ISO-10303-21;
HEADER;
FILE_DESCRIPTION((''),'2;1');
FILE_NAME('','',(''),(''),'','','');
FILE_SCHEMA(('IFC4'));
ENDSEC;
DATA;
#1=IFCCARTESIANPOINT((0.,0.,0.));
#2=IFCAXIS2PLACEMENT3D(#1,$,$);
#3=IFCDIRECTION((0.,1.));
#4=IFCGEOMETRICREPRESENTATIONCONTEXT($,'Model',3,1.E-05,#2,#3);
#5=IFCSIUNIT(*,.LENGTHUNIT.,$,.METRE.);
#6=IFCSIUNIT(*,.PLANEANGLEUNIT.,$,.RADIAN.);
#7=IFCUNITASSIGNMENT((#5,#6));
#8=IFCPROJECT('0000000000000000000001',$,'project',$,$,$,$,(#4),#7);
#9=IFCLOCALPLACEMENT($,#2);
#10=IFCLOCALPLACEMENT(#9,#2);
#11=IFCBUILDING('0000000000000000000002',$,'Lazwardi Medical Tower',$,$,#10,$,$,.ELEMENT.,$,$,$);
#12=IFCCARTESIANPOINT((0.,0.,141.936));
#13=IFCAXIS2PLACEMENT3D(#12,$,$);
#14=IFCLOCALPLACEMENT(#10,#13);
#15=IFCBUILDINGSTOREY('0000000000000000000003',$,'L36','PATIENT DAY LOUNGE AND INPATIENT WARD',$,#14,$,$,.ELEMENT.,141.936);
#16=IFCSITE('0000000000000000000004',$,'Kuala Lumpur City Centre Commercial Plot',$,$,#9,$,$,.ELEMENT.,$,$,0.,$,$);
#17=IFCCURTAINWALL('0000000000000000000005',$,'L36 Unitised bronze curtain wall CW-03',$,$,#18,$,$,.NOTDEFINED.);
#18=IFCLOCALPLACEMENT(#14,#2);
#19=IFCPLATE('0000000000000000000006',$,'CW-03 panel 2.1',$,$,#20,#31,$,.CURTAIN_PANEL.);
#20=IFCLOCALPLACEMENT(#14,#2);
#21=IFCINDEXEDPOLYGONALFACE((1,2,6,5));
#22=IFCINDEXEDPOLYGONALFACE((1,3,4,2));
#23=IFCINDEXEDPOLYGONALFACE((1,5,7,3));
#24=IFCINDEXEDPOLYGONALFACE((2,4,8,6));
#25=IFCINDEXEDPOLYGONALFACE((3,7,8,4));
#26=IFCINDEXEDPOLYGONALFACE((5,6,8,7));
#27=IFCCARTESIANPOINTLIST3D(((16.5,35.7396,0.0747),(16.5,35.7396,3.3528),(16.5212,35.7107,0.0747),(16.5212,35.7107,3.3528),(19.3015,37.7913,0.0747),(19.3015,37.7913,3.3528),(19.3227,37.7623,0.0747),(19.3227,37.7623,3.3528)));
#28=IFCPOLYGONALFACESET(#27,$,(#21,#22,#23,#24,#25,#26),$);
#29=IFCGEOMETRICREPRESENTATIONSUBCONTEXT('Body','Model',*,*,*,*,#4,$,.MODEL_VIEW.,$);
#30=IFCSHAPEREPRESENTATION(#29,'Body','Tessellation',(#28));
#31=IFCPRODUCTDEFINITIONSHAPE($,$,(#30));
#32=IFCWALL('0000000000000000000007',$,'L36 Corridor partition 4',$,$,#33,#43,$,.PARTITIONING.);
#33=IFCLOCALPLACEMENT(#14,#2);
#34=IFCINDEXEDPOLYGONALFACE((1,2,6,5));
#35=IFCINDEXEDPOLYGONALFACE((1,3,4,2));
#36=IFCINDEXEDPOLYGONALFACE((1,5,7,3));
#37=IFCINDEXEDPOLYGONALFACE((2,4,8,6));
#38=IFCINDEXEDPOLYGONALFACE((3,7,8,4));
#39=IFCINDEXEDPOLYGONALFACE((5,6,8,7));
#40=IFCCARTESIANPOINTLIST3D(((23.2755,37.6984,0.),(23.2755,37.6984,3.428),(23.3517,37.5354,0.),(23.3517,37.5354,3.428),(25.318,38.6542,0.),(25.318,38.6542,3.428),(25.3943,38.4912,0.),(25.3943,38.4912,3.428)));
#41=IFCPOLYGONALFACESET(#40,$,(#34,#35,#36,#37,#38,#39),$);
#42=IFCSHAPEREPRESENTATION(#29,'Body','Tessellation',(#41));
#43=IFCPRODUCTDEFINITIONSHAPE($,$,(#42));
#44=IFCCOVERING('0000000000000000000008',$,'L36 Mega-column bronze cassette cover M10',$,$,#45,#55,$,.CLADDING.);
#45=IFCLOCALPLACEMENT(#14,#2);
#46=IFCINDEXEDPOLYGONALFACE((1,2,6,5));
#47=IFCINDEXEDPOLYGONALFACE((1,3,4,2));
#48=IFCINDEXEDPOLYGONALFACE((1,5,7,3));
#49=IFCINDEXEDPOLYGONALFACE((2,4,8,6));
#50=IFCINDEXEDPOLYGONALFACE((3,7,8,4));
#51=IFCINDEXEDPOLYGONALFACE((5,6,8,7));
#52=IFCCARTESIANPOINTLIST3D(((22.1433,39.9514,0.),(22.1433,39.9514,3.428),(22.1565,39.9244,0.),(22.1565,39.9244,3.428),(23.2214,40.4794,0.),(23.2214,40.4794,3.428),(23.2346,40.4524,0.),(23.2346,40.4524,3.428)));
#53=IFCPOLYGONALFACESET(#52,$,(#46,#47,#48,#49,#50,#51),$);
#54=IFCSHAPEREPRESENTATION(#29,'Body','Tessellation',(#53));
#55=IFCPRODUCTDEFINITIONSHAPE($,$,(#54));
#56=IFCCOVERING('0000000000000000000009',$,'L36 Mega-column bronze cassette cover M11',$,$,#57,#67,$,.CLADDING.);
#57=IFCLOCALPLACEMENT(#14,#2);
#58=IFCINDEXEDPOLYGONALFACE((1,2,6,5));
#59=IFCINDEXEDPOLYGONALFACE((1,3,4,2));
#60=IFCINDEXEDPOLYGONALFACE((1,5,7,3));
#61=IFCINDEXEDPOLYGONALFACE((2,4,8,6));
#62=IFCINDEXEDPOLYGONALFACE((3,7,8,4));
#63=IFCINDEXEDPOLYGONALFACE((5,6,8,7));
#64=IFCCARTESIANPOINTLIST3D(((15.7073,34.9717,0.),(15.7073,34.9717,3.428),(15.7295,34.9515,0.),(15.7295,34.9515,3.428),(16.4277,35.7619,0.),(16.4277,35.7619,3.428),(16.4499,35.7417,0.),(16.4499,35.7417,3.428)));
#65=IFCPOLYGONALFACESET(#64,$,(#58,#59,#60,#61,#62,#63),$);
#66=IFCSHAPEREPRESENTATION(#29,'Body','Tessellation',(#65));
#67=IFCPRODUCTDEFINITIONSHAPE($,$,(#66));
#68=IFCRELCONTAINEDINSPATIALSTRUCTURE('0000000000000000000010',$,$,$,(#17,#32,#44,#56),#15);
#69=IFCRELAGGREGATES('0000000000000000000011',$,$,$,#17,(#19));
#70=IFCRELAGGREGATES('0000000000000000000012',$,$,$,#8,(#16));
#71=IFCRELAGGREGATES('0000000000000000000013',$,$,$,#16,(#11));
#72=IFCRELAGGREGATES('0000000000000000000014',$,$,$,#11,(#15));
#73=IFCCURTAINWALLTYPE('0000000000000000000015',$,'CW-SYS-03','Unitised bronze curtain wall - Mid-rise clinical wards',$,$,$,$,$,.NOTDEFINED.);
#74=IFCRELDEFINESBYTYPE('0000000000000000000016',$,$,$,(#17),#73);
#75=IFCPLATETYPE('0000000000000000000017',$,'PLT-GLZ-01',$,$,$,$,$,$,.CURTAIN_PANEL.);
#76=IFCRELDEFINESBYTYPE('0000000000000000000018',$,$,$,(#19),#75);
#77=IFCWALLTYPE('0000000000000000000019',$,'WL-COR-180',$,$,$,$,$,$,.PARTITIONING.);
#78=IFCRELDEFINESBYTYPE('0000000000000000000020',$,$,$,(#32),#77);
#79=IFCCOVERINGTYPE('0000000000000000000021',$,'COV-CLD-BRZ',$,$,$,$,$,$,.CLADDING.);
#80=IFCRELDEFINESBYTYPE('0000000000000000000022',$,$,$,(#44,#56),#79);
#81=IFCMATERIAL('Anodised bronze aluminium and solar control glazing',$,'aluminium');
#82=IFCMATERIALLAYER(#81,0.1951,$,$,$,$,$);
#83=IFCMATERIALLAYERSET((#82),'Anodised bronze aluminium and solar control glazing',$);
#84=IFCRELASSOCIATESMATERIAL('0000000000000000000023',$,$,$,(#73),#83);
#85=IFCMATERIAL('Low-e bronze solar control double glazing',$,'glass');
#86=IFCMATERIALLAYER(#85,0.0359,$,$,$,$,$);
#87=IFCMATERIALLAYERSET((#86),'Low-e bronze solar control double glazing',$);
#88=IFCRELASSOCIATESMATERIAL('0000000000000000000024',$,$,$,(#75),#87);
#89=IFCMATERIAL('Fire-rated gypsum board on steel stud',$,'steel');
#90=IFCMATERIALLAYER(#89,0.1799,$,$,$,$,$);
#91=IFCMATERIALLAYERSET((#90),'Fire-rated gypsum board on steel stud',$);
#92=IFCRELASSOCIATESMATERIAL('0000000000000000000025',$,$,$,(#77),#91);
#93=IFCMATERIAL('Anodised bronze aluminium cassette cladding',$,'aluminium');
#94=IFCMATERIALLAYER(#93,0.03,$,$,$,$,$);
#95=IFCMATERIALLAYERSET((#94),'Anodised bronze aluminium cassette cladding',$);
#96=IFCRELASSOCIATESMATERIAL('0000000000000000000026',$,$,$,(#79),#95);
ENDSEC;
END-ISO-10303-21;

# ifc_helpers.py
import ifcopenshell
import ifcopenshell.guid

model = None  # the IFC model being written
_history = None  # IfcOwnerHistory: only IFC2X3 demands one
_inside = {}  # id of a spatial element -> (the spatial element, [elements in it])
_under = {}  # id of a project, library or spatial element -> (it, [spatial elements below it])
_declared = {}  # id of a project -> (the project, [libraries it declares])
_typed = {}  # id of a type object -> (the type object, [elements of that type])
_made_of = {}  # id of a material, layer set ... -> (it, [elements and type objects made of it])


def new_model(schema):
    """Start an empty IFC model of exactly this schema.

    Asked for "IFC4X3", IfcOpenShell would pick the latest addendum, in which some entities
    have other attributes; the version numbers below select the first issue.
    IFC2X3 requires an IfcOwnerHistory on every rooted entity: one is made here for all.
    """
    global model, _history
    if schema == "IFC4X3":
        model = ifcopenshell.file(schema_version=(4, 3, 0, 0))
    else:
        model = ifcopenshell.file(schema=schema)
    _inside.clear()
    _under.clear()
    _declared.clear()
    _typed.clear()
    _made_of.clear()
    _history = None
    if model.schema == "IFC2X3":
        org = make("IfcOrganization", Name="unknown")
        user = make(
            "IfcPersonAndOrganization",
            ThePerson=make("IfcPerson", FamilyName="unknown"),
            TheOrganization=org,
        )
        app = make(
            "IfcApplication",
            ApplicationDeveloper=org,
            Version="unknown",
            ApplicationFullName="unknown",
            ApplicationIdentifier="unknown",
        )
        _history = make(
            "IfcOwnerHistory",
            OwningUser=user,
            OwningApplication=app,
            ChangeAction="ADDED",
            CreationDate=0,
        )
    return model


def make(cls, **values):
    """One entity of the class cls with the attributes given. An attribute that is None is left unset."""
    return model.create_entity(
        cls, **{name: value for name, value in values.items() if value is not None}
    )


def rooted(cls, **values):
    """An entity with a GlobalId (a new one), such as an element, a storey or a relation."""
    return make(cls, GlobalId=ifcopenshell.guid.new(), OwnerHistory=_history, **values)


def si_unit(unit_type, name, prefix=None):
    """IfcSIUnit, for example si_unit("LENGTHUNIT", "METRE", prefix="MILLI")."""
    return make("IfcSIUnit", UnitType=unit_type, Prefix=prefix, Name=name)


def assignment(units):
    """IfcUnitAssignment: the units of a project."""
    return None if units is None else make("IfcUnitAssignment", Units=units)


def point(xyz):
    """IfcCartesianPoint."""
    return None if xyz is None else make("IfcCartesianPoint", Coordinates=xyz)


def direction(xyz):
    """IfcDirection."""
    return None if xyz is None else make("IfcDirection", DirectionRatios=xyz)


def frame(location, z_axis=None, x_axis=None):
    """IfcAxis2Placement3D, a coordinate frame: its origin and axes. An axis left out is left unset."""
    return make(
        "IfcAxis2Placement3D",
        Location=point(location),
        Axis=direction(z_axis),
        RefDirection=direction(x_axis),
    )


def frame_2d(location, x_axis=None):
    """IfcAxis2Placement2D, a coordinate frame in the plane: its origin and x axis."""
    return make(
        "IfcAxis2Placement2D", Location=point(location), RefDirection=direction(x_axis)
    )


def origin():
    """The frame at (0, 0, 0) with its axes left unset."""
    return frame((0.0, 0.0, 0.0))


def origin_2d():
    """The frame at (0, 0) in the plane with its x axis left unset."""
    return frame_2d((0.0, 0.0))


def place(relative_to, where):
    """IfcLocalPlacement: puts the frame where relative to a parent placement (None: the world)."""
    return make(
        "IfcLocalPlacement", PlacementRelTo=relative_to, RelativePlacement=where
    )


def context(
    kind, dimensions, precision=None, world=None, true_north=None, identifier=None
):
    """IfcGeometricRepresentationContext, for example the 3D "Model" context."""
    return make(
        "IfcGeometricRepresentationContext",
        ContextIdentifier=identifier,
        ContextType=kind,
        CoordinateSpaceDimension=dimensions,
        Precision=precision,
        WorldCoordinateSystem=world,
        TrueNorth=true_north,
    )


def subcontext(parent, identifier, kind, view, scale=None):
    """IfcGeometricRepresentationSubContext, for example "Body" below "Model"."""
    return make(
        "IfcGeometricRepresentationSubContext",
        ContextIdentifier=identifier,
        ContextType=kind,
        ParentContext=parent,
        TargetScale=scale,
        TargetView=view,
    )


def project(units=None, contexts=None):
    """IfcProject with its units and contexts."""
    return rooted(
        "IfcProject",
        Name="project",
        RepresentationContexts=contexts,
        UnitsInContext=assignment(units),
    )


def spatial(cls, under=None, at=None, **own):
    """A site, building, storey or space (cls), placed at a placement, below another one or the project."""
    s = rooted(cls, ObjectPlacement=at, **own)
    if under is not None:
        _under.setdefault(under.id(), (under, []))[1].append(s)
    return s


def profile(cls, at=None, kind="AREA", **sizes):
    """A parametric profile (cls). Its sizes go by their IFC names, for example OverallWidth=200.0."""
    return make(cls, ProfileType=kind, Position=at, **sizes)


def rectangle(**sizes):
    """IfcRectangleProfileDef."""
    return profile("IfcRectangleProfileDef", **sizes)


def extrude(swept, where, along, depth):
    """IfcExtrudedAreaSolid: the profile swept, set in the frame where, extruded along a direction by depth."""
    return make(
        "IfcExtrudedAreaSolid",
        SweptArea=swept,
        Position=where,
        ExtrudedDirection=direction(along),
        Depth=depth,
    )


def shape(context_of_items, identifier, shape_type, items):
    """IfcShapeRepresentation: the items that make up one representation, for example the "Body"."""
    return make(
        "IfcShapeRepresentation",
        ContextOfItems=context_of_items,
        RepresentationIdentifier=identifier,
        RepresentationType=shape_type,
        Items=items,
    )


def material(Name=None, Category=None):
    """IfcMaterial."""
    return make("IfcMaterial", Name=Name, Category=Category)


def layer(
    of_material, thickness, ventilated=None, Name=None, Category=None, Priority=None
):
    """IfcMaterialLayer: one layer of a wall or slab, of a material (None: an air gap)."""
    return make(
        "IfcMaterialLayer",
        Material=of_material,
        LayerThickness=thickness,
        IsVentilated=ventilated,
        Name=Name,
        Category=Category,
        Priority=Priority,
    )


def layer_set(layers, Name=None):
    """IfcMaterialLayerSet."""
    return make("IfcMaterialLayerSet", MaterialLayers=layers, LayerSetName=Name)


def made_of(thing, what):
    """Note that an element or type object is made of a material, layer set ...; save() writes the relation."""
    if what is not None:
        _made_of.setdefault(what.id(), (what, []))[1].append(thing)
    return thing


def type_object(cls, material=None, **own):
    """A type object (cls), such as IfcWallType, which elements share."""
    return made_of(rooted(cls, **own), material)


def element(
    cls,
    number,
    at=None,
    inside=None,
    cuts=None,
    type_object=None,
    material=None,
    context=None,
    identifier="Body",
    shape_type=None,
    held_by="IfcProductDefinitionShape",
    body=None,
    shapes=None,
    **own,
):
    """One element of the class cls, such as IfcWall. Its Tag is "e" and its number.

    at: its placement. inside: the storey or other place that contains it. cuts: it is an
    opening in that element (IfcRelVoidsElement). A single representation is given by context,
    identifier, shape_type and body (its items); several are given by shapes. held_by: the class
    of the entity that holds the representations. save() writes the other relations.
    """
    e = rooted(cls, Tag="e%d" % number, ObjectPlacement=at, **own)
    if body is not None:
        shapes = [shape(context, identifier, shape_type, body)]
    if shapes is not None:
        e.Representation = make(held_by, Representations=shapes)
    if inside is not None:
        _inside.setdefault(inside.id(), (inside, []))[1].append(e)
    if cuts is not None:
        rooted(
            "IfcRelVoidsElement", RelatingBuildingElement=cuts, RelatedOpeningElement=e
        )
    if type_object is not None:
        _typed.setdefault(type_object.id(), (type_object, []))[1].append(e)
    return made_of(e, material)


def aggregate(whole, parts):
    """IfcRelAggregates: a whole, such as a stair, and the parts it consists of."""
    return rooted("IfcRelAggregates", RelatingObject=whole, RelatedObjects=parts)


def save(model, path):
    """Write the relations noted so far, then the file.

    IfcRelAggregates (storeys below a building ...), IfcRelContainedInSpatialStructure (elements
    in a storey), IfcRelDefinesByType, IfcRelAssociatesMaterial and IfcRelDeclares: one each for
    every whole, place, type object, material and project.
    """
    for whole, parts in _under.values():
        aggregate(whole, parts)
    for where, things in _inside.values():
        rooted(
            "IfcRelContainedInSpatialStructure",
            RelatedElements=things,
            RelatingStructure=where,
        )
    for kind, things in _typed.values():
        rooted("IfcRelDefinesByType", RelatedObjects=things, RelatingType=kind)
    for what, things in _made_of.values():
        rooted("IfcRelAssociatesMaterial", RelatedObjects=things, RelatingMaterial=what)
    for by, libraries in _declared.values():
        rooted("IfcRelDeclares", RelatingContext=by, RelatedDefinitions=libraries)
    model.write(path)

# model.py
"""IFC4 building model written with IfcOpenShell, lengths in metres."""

from ifc_helpers import new_model, si_unit, direction, frame, frame_2d, origin, origin_2d, place, context, subcontext, project, spatial, rectangle, extrude, material, layer, layer_set, type_object, element, aggregate, save


model = new_model("IFC4")

# Units and contexts
model_context = context("Model", 3, precision=1e-05, world=origin(), true_north=direction((0.0, 1.0)))
body_context = subcontext(model_context, "Body", "Model", "MODEL_VIEW")
ifc_project = project(units=[si_unit("LENGTHUNIT", "METRE"), si_unit("PLANEANGLEUNIT", "RADIAN")], contexts=[model_context])

# Site, building, storey
site_placement = place(None, origin())
site = spatial("IfcSite", under=ifc_project, at=site_placement, Name="Kuala Lumpur City Centre Commercial Plot", CompositionType="ELEMENT", RefElevation=0.0)
building_placement = place(site_placement, origin())
building = spatial("IfcBuilding", under=site, at=building_placement, Name="Lazwardi Medical Tower", CompositionType="ELEMENT")
storey_placement = place(building_placement, frame((0.0, 0.0, 141.936)))
storey = spatial("IfcBuildingStorey", under=building, at=storey_placement, Name="L36", Description="PATIENT DAY LOUNGE AND INPATIENT WARD", CompositionType="ELEMENT", Elevation=141.936)

# Shared definitions
ifc_material_1 = material(Name="Anodised bronze aluminium and solar control glazing", Category="aluminium")
ifc_layer_1 = layer(ifc_material_1, 0.1951)
ifc_layer_set_1 = layer_set([ifc_layer_1], Name="Anodised bronze aluminium and solar control glazing")
curtain_wall_type = type_object("IfcCurtainWallType", Name="CW-SYS-03", Description="Unitised bronze curtain wall - Mid-rise clinical wards", PredefinedType="NOTDEFINED", material=ifc_layer_set_1)

# Curtain wall
curtain_wall_1_placement = place(storey_placement, origin())
curtain_wall_1 = element("IfcCurtainWall", 1, at=curtain_wall_1_placement, inside=storey, type_object=curtain_wall_type, Name="L36 Unitised bronze curtain wall CW-03", PredefinedType="NOTDEFINED")

# Plate
ifc_material_2 = material(Name="Low-e bronze solar control double glazing", Category="glass")
ifc_layer_2 = layer(ifc_material_2, 0.0359)
ifc_layer_set_2 = layer_set([ifc_layer_2], Name="Low-e bronze solar control double glazing")
plate_type = type_object("IfcPlateType", Name="PLT-GLZ-01", PredefinedType="CURTAIN_PANEL", material=ifc_layer_set_2)
plate_1_placement = place(storey_placement, frame((17.9114, 36.751, 0.0747), z_axis=(0.0, 0.0, 1.0), x_axis=(-0.806793, -0.590834, 0.0)))
plate_1 = element("IfcPlate", 2, at=plate_1_placement, type_object=plate_type, Name="CW-03 panel 2.1", PredefinedType="CURTAIN_PANEL", context=body_context, shape_type="SweptSolid", body=[
    extrude(rectangle(XDim=3.4724, YDim=0.0359, at=origin_2d()), origin(), (0.0, 0.0, 1.0), 3.2781),
])
aggregate(curtain_wall_1, [plate_1])

# Wall
ifc_material_3 = material(Name="Fire-rated gypsum board on steel stud", Category="steel")
ifc_layer_3 = layer(ifc_material_3, 0.1799)
ifc_layer_set_3 = layer_set([ifc_layer_3], Name="Fire-rated gypsum board on steel stud")
wall_type = type_object("IfcWallType", Name="WL-COR-180", PredefinedType="PARTITIONING", material=ifc_layer_set_3)
wall_placement = place(storey_placement, frame((23.3137, 37.6169, 0.0), z_axis=(0.0, 0.0, 1.0), x_axis=(0.905732, 0.423851, 0.0)))
element("IfcWall", 3, at=wall_placement, inside=storey, type_object=wall_type, Name="L36 Corridor partition 4", PredefinedType="PARTITIONING", context=body_context, shape_type="SweptSolid", body=[
    extrude(rectangle(XDim=2.2551, YDim=0.1799, at=frame_2d((1.1274, 0.0))), origin(), (0.0, 0.0, 1.0), 3.428),
])

# Coverings
ifc_material_4 = material(Name="Anodised bronze aluminium cassette cladding", Category="aluminium")
ifc_layer_4 = layer(ifc_material_4, 0.03)
ifc_layer_set_4 = layer_set([ifc_layer_4], Name="Anodised bronze aluminium cassette cladding")
covering_type = type_object("IfcCoveringType", Name="COV-CLD-BRZ", PredefinedType="CLADDING", material=ifc_layer_set_4)
covering_1_placement = place(storey_placement, frame((22.689, 40.2019, 0.0), z_axis=(0.0, 0.0, 1.0), x_axis=(-0.898079, -0.439834, 0.0)))
element("IfcCovering", 4, at=covering_1_placement, inside=storey, type_object=covering_type, Name="L36 Mega-column bronze cassette cover M10", PredefinedType="CLADDING", context=body_context, shape_type="SweptSolid", body=[
    extrude(rectangle(XDim=1.2004, YDim=0.03, at=origin_2d()), origin(), (0.0, 0.0, 1.0), 3.428),
])
covering_2_placement = place(storey_placement, frame((16.0786, 35.3567, 0.0), z_axis=(0.0, 0.0, 1.0), x_axis=(-0.673714, -0.738992, 0.0)))
element("IfcCovering", 5, at=covering_2_placement, inside=storey, type_object=covering_type, Name="L36 Mega-column bronze cassette cover M11", PredefinedType="CLADDING", context=body_context, shape_type="SweptSolid", body=[
    extrude(rectangle(XDim=1.0693, YDim=0.03, at=origin_2d()), origin(), (0.0, 0.0, 1.0), 3.428),
])

save(model, "model.ifc")
